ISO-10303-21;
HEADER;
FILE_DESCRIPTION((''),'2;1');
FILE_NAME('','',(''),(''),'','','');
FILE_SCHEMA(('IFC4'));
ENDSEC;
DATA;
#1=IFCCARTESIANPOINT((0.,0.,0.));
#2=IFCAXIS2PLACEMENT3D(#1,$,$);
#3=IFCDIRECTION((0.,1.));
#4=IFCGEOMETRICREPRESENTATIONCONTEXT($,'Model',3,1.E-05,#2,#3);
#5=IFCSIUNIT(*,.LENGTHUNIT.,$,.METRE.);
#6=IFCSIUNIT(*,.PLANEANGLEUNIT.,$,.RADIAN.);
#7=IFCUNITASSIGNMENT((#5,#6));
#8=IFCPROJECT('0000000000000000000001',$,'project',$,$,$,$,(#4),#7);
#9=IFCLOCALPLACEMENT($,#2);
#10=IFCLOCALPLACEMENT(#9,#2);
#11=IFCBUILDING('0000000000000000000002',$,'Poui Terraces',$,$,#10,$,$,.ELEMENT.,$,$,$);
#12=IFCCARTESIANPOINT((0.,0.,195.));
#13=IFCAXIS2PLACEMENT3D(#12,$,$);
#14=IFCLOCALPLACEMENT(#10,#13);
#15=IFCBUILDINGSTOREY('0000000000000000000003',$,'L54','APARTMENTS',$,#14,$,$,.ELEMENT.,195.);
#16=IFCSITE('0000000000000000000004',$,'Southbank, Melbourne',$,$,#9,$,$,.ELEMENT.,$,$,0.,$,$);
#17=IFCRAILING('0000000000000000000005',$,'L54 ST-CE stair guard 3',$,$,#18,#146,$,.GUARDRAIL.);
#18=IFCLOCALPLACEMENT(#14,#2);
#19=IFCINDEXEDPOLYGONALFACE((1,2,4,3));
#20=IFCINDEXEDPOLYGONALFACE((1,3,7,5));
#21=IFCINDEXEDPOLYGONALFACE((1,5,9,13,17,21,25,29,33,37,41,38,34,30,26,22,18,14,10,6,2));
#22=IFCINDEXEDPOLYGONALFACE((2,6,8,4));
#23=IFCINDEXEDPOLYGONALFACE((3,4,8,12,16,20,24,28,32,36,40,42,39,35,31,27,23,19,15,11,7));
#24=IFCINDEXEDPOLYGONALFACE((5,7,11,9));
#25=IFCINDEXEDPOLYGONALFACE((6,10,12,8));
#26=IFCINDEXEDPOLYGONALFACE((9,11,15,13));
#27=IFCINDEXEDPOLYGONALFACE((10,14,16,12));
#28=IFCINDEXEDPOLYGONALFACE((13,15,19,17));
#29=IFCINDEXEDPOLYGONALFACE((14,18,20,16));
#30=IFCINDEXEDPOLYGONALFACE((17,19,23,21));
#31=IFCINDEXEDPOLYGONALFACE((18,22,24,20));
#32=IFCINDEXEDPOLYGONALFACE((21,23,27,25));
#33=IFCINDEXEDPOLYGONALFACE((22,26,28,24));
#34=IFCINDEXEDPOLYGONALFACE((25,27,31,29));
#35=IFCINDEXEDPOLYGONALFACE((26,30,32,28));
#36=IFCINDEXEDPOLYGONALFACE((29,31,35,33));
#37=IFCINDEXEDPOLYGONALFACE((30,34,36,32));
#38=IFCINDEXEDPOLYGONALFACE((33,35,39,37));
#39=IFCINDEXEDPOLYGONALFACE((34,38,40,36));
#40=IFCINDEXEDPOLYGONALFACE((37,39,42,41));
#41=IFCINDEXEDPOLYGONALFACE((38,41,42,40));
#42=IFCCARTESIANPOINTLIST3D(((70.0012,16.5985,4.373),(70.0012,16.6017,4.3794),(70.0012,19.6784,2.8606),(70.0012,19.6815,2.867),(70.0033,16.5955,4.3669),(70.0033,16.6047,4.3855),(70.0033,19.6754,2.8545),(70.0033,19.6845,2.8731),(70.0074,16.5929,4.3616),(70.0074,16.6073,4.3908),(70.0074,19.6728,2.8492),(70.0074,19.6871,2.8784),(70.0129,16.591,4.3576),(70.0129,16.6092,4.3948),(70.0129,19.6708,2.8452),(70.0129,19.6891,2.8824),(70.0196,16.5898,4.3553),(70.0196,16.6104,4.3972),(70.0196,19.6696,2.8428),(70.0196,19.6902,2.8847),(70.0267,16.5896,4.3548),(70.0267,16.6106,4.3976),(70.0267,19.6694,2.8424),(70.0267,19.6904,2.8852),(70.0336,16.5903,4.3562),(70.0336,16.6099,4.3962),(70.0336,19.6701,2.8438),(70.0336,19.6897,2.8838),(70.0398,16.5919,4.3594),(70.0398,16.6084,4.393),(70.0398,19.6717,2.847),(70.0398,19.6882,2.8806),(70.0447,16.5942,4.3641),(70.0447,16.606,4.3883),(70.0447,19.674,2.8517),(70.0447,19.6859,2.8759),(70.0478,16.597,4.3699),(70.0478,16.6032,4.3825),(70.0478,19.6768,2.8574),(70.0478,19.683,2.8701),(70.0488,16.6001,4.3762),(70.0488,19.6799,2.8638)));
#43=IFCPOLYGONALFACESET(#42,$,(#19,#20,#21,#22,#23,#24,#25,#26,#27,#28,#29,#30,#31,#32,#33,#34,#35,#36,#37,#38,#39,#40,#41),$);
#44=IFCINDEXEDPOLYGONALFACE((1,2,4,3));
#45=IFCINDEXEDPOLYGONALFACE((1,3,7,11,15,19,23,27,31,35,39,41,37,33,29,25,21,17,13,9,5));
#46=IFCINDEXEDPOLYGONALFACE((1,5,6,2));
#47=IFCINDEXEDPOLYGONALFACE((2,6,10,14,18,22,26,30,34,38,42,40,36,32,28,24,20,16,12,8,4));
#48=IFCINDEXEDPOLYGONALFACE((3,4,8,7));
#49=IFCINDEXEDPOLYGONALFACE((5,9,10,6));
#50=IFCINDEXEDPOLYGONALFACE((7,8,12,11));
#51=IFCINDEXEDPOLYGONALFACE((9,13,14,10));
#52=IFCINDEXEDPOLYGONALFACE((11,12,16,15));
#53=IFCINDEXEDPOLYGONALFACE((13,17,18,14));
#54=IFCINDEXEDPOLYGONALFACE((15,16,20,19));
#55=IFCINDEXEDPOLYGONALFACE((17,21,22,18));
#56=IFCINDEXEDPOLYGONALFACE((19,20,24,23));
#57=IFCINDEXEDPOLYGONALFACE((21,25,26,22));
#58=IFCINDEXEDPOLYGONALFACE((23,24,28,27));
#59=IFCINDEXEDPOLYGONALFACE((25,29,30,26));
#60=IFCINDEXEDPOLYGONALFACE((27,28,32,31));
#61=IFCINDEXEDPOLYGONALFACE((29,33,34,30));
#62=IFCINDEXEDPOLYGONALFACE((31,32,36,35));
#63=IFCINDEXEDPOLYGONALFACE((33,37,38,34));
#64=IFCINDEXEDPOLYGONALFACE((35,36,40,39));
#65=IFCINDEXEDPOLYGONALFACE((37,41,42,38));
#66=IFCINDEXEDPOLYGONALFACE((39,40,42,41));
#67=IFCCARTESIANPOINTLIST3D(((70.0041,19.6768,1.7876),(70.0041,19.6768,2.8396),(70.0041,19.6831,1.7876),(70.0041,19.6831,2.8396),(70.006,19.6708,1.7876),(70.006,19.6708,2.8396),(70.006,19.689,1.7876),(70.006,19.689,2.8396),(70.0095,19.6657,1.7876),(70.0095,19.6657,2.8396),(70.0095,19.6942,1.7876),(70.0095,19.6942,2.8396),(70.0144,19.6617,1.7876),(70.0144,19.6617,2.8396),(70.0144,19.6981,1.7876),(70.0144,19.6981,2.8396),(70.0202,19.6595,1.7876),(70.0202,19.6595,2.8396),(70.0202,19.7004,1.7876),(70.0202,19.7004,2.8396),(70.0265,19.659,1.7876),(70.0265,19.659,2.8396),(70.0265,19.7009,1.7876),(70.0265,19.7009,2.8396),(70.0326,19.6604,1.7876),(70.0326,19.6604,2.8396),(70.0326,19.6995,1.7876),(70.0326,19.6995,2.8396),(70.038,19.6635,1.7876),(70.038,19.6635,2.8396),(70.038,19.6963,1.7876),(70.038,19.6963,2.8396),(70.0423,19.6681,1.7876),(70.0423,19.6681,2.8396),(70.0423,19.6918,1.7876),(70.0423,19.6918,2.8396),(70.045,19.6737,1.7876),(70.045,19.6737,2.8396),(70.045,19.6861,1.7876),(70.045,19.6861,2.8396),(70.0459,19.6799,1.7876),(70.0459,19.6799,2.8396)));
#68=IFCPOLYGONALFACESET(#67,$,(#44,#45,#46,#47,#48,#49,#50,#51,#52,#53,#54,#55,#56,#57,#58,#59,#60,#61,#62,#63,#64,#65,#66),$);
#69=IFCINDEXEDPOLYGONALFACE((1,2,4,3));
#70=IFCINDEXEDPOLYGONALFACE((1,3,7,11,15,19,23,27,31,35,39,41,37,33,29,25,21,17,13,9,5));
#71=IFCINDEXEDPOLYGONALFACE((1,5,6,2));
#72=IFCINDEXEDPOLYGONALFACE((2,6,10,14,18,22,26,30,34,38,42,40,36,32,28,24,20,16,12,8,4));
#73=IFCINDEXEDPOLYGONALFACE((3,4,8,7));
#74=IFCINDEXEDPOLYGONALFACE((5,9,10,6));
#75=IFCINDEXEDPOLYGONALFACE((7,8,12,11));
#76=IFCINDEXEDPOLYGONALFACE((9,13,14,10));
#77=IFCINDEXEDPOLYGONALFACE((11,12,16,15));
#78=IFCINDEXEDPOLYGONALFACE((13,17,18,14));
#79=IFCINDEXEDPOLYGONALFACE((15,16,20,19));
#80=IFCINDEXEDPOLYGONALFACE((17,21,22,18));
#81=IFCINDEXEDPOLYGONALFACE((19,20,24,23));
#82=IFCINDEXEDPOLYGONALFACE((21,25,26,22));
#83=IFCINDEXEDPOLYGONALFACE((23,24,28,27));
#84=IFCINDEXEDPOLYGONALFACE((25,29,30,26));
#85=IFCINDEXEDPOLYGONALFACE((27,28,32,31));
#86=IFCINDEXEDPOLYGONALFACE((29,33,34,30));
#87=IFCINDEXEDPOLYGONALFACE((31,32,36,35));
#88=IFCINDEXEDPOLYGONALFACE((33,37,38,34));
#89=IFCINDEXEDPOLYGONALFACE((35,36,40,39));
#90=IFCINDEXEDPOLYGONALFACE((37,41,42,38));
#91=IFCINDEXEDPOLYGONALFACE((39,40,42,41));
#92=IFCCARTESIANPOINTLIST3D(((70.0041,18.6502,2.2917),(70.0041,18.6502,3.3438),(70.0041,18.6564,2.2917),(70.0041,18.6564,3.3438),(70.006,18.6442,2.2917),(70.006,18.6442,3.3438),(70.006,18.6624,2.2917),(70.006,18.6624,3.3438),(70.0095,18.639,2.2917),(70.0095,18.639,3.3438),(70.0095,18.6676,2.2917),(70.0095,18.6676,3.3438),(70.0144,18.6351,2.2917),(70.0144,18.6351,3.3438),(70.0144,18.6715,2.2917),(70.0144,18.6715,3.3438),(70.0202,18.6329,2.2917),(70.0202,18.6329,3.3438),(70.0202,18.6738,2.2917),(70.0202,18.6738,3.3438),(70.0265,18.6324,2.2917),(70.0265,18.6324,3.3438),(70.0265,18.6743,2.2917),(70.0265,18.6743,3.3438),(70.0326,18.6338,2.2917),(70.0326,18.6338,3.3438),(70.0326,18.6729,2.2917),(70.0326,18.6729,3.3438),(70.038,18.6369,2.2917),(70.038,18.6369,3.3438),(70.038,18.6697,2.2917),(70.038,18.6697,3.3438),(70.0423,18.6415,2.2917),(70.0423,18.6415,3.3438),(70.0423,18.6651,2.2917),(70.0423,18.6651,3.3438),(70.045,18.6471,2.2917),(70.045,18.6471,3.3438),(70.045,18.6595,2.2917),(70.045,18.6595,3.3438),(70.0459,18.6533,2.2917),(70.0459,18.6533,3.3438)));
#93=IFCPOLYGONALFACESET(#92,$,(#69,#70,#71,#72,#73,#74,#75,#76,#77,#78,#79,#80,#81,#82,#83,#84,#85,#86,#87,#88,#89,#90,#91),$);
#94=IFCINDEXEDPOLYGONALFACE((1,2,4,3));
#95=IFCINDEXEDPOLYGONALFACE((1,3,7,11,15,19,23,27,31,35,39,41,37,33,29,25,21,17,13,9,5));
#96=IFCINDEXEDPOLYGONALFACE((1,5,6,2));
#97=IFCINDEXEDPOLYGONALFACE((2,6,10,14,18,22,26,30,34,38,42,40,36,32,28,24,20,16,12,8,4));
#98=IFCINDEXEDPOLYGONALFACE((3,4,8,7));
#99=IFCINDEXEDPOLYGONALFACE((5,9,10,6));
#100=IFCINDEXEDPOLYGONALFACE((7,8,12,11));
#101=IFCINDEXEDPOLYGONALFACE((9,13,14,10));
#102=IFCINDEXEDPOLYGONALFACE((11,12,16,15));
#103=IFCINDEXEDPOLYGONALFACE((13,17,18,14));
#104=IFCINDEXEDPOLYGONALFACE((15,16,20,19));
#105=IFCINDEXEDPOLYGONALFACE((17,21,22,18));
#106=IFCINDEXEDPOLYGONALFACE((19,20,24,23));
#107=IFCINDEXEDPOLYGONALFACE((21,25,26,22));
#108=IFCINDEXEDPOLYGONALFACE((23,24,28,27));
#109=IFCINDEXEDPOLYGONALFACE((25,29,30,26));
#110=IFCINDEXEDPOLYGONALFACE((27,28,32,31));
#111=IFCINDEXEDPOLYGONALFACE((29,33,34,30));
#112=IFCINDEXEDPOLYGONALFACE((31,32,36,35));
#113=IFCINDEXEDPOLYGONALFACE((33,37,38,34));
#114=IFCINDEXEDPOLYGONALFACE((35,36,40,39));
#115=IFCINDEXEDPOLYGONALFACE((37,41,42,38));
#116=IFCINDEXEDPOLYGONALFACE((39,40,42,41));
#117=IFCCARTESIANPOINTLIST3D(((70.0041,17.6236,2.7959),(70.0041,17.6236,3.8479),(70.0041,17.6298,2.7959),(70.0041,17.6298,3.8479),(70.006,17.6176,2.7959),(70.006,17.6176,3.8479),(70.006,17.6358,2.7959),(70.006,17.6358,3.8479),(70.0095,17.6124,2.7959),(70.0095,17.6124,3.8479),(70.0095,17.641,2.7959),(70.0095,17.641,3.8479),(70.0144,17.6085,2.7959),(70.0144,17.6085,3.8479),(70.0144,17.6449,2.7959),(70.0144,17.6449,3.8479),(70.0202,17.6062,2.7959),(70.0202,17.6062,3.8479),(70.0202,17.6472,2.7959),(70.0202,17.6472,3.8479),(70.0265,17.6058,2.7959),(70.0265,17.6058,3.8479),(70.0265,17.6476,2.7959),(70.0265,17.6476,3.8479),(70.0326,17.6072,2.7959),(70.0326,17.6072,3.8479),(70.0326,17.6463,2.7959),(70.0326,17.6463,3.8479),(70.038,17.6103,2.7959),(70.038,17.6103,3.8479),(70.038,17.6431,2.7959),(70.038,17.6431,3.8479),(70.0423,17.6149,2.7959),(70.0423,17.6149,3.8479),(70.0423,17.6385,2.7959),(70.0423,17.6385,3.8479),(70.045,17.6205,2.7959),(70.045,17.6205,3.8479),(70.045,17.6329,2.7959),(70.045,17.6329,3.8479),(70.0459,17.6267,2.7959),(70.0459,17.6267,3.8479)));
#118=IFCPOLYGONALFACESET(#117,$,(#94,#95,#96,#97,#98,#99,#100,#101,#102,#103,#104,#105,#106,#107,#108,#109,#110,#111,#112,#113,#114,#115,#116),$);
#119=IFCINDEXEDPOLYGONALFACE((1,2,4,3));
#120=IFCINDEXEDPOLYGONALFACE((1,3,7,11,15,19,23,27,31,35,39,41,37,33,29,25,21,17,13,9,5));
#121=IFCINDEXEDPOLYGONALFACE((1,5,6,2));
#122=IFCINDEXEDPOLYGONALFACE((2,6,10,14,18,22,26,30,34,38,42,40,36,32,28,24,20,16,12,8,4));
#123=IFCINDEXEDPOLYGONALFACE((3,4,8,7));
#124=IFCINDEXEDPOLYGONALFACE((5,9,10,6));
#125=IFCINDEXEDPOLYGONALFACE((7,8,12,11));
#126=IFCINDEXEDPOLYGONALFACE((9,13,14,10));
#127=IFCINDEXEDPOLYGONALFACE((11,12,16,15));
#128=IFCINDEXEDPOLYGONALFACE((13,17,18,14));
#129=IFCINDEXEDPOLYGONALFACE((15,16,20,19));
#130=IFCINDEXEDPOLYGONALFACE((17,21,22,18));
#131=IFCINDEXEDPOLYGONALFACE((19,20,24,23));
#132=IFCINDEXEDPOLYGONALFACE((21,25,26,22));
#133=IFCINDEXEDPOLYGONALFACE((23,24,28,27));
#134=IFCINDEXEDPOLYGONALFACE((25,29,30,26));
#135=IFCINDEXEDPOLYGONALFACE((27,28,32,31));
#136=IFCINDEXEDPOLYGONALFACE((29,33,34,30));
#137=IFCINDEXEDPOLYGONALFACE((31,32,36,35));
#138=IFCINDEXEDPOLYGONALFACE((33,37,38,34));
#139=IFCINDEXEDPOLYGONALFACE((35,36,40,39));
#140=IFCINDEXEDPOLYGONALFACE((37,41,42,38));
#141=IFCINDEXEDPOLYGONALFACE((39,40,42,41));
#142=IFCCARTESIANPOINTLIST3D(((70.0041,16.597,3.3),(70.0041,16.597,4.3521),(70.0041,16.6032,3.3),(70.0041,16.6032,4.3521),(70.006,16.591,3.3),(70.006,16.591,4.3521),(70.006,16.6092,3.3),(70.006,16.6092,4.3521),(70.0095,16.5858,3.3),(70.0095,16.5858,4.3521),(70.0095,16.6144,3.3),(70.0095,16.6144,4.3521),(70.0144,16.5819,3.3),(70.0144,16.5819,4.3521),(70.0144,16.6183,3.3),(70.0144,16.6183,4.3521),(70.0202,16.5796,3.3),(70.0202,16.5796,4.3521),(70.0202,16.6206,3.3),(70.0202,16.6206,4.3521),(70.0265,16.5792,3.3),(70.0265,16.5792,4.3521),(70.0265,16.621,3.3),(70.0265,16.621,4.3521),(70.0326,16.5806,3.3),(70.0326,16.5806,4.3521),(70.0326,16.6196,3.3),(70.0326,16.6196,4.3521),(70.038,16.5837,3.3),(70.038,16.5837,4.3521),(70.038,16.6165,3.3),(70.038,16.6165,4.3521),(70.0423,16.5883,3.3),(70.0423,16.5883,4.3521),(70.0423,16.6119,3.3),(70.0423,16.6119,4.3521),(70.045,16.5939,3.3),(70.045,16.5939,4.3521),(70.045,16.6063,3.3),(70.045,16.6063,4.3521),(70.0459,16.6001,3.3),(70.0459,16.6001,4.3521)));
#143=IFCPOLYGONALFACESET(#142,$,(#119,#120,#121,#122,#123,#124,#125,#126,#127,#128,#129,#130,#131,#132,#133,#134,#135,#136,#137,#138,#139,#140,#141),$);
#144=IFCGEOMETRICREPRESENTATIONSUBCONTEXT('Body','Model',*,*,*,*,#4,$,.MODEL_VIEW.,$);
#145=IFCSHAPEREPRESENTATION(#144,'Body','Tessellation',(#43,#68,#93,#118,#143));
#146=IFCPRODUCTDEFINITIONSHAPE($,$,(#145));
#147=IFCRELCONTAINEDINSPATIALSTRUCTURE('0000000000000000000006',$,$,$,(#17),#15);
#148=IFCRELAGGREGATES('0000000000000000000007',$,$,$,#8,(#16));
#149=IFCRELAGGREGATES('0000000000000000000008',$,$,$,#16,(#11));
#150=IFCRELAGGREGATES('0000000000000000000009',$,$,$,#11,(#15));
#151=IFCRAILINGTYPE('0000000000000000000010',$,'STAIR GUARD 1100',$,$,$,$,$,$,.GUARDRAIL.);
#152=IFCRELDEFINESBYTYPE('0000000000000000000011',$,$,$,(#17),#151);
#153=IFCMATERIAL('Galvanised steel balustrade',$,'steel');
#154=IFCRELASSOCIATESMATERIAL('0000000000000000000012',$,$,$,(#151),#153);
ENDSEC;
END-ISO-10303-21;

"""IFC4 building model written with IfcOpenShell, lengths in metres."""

from ifc_helpers import new_model, si_unit, direction, frame, origin, origin_2d, place, context, subcontext, project, spatial, circle, extrude, material, type_object, element, save


model = new_model("IFC4")

# Units and contexts
model_context = context("Model", 3, precision=1e-05, world=origin(), true_north=direction((0.0, 1.0)))
body_context = subcontext(model_context, "Body", "Model", "MODEL_VIEW")
ifc_project = project(units=[si_unit("LENGTHUNIT", "METRE"), si_unit("PLANEANGLEUNIT", "RADIAN")], contexts=[model_context])

# Site, building, storey
site_placement = place(None, origin())
site = spatial("IfcSite", under=ifc_project, at=site_placement, Name="Southbank, Melbourne", CompositionType="ELEMENT", RefElevation=0.0)
building_placement = place(site_placement, origin())
building = spatial("IfcBuilding", under=site, at=building_placement, Name="Poui Terraces", CompositionType="ELEMENT")
storey_placement = place(building_placement, frame((0.0, 0.0, 195.0)))
storey = spatial("IfcBuildingStorey", under=building, at=storey_placement, Name="L54", Description="APARTMENTS", CompositionType="ELEMENT", Elevation=195.0)

# Railing
ifc_material_1 = material(Name="Galvanised steel balustrade", Category="steel")
railing_type_1 = type_object("IfcRailingType", Name="STAIR GUARD 1100", PredefinedType="GUARDRAIL", material=ifc_material_1)
railing_1_placement = place(storey_placement, frame((70.0249, 19.6799, 1.7876)))
element("IfcRailing", 1, at=railing_1_placement, inside=storey, type_object=railing_type_1, Name="L54 ST-CE stair guard 3", PredefinedType="GUARDRAIL", context=body_context, shape_type="SweptSolid", body=[
    extrude(circle(Radius=0.0239, at=origin_2d()), frame((0.0, 0.0, 1.0762), z_axis=(0.0, -0.897606, 0.440798), x_axis=(1.0, 0.0, 0.0)), (0.0, 0.0, 1.0), 3.4312),
    extrude(circle(Radius=0.021, at=origin_2d()), origin(), (0.0, 0.0, 1.0), 1.052),
    extrude(circle(Radius=0.021, at=origin_2d()), frame((0.0, -1.0266, 0.5042)), (0.0, 0.0, 1.0), 1.052),
    extrude(circle(Radius=0.021, at=origin_2d()), frame((0.0, -2.0532, 1.0083)), (0.0, 0.0, 1.0), 1.052),
    extrude(circle(Radius=0.021, at=origin_2d()), frame((0.0, -3.0798, 1.5125)), (0.0, 0.0, 1.0), 1.052),
])

save(model, "model.ifc")
